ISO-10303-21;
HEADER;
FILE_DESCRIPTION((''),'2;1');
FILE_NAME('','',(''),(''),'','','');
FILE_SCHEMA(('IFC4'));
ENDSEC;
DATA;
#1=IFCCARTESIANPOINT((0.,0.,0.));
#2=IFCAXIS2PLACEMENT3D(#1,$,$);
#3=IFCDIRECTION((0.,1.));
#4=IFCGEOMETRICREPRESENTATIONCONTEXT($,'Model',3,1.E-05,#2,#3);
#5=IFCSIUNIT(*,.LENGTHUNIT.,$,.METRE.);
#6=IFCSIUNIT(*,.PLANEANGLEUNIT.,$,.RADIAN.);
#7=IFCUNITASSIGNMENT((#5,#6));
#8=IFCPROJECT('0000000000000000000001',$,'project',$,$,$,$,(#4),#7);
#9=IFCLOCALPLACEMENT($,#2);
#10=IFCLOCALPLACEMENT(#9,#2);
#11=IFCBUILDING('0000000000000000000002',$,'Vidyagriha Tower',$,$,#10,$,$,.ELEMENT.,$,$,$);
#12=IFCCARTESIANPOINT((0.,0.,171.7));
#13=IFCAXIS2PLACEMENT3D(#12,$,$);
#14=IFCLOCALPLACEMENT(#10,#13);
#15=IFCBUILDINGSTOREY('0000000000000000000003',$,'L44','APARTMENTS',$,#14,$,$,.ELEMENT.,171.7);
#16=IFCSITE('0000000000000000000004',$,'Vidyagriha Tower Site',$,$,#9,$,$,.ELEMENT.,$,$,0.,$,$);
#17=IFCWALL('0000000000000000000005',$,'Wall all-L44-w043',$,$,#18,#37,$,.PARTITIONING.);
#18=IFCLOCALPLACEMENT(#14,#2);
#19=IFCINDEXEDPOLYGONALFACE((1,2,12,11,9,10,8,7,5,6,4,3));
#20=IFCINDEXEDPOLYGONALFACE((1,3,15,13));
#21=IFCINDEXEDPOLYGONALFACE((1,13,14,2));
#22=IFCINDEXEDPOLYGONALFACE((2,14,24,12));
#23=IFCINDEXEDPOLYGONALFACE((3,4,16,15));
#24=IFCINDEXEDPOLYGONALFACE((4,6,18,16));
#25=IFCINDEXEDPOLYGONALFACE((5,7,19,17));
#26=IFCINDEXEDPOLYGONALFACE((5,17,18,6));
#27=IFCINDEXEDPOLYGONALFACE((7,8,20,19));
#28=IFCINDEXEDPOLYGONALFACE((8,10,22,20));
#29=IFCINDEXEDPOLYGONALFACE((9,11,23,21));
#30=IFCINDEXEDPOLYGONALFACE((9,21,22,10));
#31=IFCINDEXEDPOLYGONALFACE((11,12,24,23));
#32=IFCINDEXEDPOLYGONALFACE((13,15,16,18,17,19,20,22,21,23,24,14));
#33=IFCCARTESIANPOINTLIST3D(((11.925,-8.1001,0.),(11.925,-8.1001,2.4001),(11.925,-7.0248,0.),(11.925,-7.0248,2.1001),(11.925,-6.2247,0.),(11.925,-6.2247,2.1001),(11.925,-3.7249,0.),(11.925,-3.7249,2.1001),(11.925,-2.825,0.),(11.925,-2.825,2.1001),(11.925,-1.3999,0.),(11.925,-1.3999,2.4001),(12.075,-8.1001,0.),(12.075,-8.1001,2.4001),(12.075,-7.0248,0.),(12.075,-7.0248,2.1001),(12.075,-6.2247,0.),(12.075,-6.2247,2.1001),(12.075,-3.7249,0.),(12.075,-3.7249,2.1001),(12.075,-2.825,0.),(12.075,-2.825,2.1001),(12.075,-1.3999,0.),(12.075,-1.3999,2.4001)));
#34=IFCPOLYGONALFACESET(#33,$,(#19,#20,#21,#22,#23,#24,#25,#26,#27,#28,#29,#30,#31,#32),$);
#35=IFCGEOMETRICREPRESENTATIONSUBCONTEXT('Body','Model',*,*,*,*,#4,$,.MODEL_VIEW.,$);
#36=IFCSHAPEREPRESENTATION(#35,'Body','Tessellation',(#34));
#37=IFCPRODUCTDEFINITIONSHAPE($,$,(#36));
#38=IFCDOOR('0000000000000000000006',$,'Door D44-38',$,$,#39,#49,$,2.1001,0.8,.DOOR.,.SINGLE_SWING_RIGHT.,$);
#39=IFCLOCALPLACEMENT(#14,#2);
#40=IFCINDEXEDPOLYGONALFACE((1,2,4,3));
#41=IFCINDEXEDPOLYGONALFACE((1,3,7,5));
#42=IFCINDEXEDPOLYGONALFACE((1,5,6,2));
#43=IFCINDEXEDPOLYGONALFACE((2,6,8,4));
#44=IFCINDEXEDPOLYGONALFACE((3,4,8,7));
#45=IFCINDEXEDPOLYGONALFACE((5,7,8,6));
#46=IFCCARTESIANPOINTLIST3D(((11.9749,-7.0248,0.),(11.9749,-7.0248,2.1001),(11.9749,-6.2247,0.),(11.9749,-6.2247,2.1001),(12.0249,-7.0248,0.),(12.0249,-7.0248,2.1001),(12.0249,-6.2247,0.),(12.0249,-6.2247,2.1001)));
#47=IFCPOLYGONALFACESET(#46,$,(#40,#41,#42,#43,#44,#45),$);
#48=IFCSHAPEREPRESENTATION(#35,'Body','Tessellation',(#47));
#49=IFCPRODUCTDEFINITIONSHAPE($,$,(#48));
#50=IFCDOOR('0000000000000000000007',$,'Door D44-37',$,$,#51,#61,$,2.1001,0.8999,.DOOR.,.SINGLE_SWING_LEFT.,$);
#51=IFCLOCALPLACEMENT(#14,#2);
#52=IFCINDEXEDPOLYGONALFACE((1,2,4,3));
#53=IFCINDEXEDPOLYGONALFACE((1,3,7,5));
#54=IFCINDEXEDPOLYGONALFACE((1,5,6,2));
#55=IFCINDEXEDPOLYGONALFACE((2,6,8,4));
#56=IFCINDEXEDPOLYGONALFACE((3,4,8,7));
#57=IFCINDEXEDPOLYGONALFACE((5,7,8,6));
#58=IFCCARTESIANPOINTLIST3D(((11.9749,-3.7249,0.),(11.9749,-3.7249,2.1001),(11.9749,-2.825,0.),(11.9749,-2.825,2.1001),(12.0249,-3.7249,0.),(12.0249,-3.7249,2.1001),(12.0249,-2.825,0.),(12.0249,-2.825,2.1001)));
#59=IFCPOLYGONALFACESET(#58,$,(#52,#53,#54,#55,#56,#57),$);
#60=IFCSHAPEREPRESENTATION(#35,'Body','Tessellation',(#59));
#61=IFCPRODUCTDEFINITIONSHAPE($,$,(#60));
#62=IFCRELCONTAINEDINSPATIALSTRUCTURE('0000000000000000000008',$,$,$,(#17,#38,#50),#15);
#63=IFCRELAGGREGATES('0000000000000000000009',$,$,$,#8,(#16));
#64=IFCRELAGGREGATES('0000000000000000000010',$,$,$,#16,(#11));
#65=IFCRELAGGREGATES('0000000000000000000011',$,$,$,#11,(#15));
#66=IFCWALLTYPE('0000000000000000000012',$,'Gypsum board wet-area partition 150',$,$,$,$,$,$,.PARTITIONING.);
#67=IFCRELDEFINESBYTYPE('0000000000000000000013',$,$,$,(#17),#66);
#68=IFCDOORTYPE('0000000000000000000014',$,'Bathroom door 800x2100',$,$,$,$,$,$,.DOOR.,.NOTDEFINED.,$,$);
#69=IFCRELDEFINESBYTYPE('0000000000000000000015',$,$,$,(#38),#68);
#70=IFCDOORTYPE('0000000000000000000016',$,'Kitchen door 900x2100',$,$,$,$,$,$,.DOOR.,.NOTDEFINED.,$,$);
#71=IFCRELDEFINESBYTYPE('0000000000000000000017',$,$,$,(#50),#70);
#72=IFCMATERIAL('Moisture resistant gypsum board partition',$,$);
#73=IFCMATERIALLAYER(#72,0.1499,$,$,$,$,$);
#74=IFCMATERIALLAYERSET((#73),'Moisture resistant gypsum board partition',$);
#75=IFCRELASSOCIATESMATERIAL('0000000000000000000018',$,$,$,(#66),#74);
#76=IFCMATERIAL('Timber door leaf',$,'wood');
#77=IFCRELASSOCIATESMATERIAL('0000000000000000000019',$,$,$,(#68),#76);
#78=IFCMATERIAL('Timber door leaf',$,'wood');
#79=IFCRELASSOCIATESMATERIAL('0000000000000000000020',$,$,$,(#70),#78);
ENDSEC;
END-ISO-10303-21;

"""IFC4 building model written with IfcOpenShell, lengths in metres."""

from ifc_helpers import new_model, si_unit, direction, frame, frame_2d, origin, place, context, subcontext, project, spatial, rectangle, extrude, material, layer, layer_set, type_object, element, fill, save


model = new_model("IFC4")

# Units and contexts
model_context = context("Model", 3, precision=1e-05, world=origin(), true_north=direction((0.0, 1.0)))
body_context = subcontext(model_context, "Body", "Model", "MODEL_VIEW")
ifc_project = project(units=[si_unit("LENGTHUNIT", "METRE"), si_unit("PLANEANGLEUNIT", "RADIAN")], contexts=[model_context])

# Site, building, storey
site_placement = place(None, origin())
site = spatial("IfcSite", under=ifc_project, at=site_placement, Name="Vidyagriha Tower Site", CompositionType="ELEMENT", RefElevation=0.0)
building_placement = place(site_placement, origin())
building = spatial("IfcBuilding", under=site, at=building_placement, Name="Vidyagriha Tower", CompositionType="ELEMENT")
storey_placement = place(building_placement, frame((0.0, 0.0, 171.7)))
storey = spatial("IfcBuildingStorey", under=building, at=storey_placement, Name="L44", Description="APARTMENTS", CompositionType="ELEMENT", Elevation=171.7)

# Wall, openings, doors
ifc_material_1 = material(Name="Moisture resistant gypsum board partition")
ifc_layer_1 = layer(ifc_material_1, 0.1499)
ifc_layer_set_1 = layer_set([ifc_layer_1], Name="Moisture resistant gypsum board partition")
wall_type_1 = type_object("IfcWallType", Name="Gypsum board wet-area partition 150", PredefinedType="PARTITIONING", material=ifc_layer_set_1)
wall_1_placement = place(storey_placement, frame((12.0, -1.3999, 0.0), z_axis=(0.0, 0.0, 1.0), x_axis=(0.0, -1.0, 0.0)))
wall_1 = element("IfcWall", 1, at=wall_1_placement, inside=storey, type_object=wall_type_1, Name="Wall all-L44-w043", PredefinedType="PARTITIONING", context=body_context, shape_type="SweptSolid", body=[
    extrude(rectangle(XDim=6.7002, YDim=0.1499, at=frame_2d((3.3501, 0.0))), origin(), (0.0, 0.0, 1.0), 2.4001),
])
opening_1_placement = place(wall_1_placement, frame((1.425, 0.0, 0.0)))
opening_1 = element("IfcOpeningElement", 2, at=opening_1_placement, cuts=wall_1, PredefinedType="OPENING", context=body_context, shape_type="SweptSolid", body=[
    extrude(rectangle(XDim=0.8999, YDim=2.1001, at=frame_2d((0.45, 1.05))), frame((0.0, 0.085, 0.0), z_axis=(0.0, -1.0, 0.0), x_axis=(1.0, 0.0, 0.0)), (0.0, 0.0, 1.0), 0.1699),
])
opening_2_placement = place(wall_1_placement, frame((4.825, 0.0, 0.0)))
opening_2 = element("IfcOpeningElement", 3, at=opening_2_placement, cuts=wall_1, PredefinedType="OPENING", context=body_context, shape_type="SweptSolid", body=[
    extrude(rectangle(XDim=0.8, YDim=2.1001, at=frame_2d((0.3999, 1.05))), frame((0.0, 0.085, 0.0), z_axis=(0.0, -1.0, 0.0), x_axis=(1.0, 0.0, 0.0)), (0.0, 0.0, 1.0), 0.1699),
])
ifc_material_2 = material(Name="Timber door leaf", Category="wood")
door_type_1 = type_object("IfcDoorType", Name="Bathroom door 800x2100", OperationType="NOTDEFINED", PredefinedType="DOOR", material=ifc_material_2)
door_1_placement = place(opening_2_placement, origin())
door_1 = element("IfcDoor", 4, at=door_1_placement, inside=storey, type_object=door_type_1, Name="Door D44-38", OperationType="SINGLE_SWING_RIGHT", OverallHeight=2.1001, OverallWidth=0.8, PredefinedType="DOOR", context=body_context, shape_type="SweptSolid", body=[
    extrude(rectangle(XDim=0.8, YDim=2.1001, at=frame_2d((0.3999, 1.05))), frame((0.0, 0.0249, 0.0), z_axis=(0.0, -1.0, 0.0), x_axis=(1.0, 0.0, 0.0)), (0.0, 0.0, 1.0), 0.05),
])
fill(opening_2, door_1)
ifc_material_3 = material(Name="Timber door leaf", Category="wood")
door_type_2 = type_object("IfcDoorType", Name="Kitchen door 900x2100", OperationType="NOTDEFINED", PredefinedType="DOOR", material=ifc_material_3)
door_2_placement = place(opening_1_placement, origin())
door_2 = element("IfcDoor", 5, at=door_2_placement, inside=storey, type_object=door_type_2, Name="Door D44-37", OperationType="SINGLE_SWING_LEFT", OverallHeight=2.1001, OverallWidth=0.8999, PredefinedType="DOOR", context=body_context, shape_type="SweptSolid", body=[
    extrude(rectangle(XDim=0.8999, YDim=2.1001, at=frame_2d((0.45, 1.05))), frame((0.0, 0.0249, 0.0), z_axis=(0.0, -1.0, 0.0), x_axis=(1.0, 0.0, 0.0)), (0.0, 0.0, 1.0), 0.05),
])
fill(opening_1, door_2)

save(model, "model.ifc")
